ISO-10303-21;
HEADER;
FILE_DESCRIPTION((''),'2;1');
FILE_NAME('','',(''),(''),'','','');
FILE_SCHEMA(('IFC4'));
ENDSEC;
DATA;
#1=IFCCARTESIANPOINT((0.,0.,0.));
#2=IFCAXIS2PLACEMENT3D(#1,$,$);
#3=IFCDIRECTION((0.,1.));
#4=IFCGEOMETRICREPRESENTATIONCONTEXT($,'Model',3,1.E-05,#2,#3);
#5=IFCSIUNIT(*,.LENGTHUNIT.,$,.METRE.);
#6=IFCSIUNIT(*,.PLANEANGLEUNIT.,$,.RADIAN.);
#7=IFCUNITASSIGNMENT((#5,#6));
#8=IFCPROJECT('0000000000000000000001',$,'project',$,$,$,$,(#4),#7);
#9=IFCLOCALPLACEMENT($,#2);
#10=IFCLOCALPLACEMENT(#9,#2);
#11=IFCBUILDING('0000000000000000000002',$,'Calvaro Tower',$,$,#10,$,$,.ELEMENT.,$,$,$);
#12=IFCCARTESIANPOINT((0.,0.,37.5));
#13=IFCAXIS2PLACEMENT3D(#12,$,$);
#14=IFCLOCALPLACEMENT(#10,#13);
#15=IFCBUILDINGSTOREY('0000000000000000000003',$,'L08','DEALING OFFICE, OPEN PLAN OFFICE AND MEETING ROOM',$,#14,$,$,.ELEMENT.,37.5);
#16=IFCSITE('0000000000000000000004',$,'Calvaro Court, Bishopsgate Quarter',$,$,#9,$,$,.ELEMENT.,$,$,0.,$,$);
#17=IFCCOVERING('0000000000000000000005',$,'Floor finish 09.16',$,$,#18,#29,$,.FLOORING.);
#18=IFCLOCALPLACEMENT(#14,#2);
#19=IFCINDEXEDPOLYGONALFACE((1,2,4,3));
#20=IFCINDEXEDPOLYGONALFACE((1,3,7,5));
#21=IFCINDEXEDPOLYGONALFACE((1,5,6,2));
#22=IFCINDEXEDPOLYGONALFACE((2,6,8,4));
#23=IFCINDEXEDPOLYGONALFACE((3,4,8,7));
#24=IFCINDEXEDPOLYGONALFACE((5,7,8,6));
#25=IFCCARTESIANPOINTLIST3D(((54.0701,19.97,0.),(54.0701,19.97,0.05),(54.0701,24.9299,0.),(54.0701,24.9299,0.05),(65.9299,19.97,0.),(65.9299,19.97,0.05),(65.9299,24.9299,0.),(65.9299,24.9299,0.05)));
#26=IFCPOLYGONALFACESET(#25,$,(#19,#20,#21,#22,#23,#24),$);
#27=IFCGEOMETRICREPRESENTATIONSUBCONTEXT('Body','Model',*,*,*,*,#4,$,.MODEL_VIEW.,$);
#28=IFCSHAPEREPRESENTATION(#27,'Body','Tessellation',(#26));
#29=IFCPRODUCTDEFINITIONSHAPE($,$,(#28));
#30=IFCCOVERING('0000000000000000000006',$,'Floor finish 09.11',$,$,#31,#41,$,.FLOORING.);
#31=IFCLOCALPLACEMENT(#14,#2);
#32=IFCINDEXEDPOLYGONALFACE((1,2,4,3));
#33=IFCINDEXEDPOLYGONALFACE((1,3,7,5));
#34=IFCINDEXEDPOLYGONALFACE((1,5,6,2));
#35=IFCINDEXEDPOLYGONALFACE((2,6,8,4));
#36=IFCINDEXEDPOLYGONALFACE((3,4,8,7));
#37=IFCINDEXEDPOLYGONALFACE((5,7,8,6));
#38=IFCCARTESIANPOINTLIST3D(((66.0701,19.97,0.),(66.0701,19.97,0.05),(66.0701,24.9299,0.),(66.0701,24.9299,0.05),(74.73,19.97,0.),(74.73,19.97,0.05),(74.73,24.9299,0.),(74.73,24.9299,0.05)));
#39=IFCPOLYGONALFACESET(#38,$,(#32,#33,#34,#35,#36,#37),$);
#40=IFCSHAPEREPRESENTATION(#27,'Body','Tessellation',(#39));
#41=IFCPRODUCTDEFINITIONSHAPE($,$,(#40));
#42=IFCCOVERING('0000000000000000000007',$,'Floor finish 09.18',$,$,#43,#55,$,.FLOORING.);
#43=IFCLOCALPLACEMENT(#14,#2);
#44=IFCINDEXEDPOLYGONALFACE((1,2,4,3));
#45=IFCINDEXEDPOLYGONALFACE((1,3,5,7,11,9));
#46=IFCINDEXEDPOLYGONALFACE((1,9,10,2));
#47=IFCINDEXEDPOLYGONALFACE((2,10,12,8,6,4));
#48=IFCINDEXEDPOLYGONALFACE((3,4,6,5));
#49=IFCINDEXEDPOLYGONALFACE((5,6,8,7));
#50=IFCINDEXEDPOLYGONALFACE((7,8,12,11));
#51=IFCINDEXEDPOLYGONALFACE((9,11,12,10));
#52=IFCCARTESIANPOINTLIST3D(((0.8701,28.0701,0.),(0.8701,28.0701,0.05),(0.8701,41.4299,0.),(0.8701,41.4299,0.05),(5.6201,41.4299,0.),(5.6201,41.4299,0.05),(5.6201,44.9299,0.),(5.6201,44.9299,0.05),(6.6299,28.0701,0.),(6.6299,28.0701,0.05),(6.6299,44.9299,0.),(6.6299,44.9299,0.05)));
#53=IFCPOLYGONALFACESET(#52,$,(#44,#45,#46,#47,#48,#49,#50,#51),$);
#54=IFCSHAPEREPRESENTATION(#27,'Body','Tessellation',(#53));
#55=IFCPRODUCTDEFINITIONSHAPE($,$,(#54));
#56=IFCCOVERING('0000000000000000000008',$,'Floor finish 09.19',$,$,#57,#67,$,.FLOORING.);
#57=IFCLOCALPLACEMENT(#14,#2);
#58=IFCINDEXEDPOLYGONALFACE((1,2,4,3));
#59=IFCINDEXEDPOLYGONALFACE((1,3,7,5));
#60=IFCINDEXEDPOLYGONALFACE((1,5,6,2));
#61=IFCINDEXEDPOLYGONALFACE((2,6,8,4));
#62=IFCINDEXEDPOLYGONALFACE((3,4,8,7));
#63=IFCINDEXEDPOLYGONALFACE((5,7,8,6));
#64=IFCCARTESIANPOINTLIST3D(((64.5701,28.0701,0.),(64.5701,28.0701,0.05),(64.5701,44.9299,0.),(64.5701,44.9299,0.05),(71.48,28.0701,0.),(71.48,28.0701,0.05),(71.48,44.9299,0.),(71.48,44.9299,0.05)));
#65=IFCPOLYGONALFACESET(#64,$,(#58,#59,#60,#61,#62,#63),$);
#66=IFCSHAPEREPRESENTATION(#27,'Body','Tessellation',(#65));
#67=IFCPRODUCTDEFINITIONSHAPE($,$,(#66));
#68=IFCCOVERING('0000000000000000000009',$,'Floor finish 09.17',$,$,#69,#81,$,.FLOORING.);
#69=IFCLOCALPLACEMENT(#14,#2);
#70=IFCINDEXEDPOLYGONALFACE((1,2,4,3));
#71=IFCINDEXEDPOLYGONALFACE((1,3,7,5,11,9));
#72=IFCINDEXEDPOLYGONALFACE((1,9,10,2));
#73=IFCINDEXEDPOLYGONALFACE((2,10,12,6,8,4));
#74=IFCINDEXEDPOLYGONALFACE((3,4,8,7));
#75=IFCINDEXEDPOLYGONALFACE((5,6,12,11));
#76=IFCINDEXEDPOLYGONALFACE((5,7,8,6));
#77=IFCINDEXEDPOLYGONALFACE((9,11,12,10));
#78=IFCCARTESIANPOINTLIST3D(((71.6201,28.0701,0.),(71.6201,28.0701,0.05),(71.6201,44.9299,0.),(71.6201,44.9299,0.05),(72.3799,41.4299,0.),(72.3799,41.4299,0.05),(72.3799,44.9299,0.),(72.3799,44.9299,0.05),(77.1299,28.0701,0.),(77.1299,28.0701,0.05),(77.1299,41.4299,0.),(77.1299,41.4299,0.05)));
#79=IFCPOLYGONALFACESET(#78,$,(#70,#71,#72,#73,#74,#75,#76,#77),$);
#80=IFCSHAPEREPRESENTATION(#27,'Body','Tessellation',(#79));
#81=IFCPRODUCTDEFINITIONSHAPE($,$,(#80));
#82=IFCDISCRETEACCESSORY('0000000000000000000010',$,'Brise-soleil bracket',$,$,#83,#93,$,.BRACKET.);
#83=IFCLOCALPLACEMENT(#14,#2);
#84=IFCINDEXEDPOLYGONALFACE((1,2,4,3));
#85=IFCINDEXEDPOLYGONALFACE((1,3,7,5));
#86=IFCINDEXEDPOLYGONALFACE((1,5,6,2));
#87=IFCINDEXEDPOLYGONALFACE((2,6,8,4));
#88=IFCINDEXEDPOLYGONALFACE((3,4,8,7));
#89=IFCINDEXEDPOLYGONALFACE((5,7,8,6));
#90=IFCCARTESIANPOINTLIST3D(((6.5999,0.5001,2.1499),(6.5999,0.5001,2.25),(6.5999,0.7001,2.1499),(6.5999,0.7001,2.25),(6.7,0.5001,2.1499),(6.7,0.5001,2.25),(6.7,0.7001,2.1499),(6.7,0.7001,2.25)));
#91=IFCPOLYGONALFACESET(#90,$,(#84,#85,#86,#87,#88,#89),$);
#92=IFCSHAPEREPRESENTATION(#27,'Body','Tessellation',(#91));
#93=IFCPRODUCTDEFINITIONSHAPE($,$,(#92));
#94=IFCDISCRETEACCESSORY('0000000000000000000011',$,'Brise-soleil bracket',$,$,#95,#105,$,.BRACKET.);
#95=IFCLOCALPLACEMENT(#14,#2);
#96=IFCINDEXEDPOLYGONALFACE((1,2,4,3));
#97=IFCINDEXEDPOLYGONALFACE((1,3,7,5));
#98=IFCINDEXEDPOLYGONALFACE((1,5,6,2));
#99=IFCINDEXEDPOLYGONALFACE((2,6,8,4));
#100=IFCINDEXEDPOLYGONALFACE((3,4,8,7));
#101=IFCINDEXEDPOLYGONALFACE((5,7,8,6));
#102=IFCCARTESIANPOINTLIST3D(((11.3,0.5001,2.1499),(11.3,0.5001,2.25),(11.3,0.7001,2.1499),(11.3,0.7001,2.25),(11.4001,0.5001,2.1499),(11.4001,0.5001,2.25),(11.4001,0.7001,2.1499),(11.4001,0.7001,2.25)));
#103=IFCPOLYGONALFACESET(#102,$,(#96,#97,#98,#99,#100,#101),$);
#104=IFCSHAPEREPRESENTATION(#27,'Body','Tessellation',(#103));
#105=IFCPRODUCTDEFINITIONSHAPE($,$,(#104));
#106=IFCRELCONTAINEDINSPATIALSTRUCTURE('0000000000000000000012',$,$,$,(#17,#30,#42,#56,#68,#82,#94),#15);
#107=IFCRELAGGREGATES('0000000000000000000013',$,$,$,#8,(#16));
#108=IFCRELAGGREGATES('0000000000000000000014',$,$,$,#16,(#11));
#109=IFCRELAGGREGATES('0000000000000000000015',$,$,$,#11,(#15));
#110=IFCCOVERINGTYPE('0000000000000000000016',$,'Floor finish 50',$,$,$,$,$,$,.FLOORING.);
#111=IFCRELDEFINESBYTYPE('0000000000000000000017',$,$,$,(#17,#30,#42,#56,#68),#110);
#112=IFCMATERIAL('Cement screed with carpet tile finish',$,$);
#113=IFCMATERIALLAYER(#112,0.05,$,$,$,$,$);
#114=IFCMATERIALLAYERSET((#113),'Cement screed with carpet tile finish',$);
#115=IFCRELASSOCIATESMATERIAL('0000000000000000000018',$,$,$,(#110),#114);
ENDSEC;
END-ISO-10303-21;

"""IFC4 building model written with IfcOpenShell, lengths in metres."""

from ifc_helpers import new_model, si_unit, direction, frame, origin, origin_2d, place, context, subcontext, project, spatial, polyline, rectangle, outline, extrude, material, layer, layer_set, type_object, element, save


model = new_model("IFC4")

# Units and contexts
model_context = context("Model", 3, precision=1e-05, world=origin(), true_north=direction((0.0, 1.0)))
body_context = subcontext(model_context, "Body", "Model", "MODEL_VIEW")
ifc_project = project(units=[si_unit("LENGTHUNIT", "METRE"), si_unit("PLANEANGLEUNIT", "RADIAN")], contexts=[model_context])

# Site, building, storey
site_placement = place(None, origin())
site = spatial("IfcSite", under=ifc_project, at=site_placement, Name="Calvaro Court, Bishopsgate Quarter", CompositionType="ELEMENT", RefElevation=0.0)
building_placement = place(site_placement, origin())
building = spatial("IfcBuilding", under=site, at=building_placement, Name="Calvaro Tower", CompositionType="ELEMENT")
storey_placement = place(building_placement, frame((0.0, 0.0, 37.5)))
storey = spatial("IfcBuildingStorey", under=building, at=storey_placement, Name="L08", Description="DEALING OFFICE, OPEN PLAN OFFICE AND MEETING ROOM", CompositionType="ELEMENT", Elevation=37.5)

# Coverings
ifc_material_1 = material(Name="Cement screed with carpet tile finish")
ifc_layer_1 = layer(ifc_material_1, 0.05)
ifc_layer_set_1 = layer_set([ifc_layer_1], Name="Cement screed with carpet tile finish")
covering_type = type_object("IfcCoveringType", Name="Floor finish 50", PredefinedType="FLOORING", material=ifc_layer_set_1)
covering_1_placement = place(storey_placement, origin())
element("IfcCovering", 1, at=covering_1_placement, inside=storey, type_object=covering_type, Name="Floor finish 09.16", PredefinedType="FLOORING", context=body_context, shape_type="SweptSolid", body=[
    extrude(outline(polyline([(54.0701, 19.97), (54.0701, 24.9299), (65.9299, 24.9299), (65.9299, 19.97), (54.0701, 19.97)])), origin(), (0.0, 0.0, 1.0), 0.05),
])
covering_2_placement = place(storey_placement, origin())
element("IfcCovering", 2, at=covering_2_placement, inside=storey, type_object=covering_type, Name="Floor finish 09.11", PredefinedType="FLOORING", context=body_context, shape_type="SweptSolid", body=[
    extrude(outline(polyline([(66.0701, 19.97), (66.0701, 24.9299), (74.73, 24.9299), (74.73, 19.97), (66.0701, 19.97)])), origin(), (0.0, 0.0, 1.0), 0.05),
])
covering_3_placement = place(storey_placement, origin())
element("IfcCovering", 3, at=covering_3_placement, inside=storey, type_object=covering_type, Name="Floor finish 09.18", PredefinedType="FLOORING", context=body_context, shape_type="SweptSolid", body=[
    extrude(outline(polyline([(6.6299, 28.0701), (0.8701, 28.0701), (0.8701, 41.4299), (5.6201, 41.4299), (5.6201, 44.9299), (6.6299, 44.9299), (6.6299, 28.0701)])), origin(), (0.0, 0.0, 1.0), 0.05),
])
covering_4_placement = place(storey_placement, origin())
element("IfcCovering", 4, at=covering_4_placement, inside=storey, type_object=covering_type, Name="Floor finish 09.19", PredefinedType="FLOORING", context=body_context, shape_type="SweptSolid", body=[
    extrude(outline(polyline([(71.48, 28.0701), (64.5701, 28.0701), (64.5701, 44.9299), (71.48, 44.9299), (71.48, 28.0701)])), origin(), (0.0, 0.0, 1.0), 0.05),
])
covering_5_placement = place(storey_placement, origin())
element("IfcCovering", 5, at=covering_5_placement, inside=storey, type_object=covering_type, Name="Floor finish 09.17", PredefinedType="FLOORING", context=body_context, shape_type="SweptSolid", body=[
    extrude(outline(polyline([(77.1299, 28.0701), (71.6201, 28.0701), (71.6201, 44.9299), (72.3799, 44.9299), (72.3799, 41.4299), (77.1299, 41.4299), (77.1299, 28.0701)])), origin(), (0.0, 0.0, 1.0), 0.05),
])

# Discrete accessories
for number, where, z_axis, x_axis, name in (
    (6, (6.6499, 0.6001, 2.1499), (0.0, 0.0, 1.0), (1.0, 0.0, 0.0), "Brise-soleil bracket"),
    (7, (11.3501, 0.6001, 2.1499), (0.0, 0.0, 1.0), (1.0, 0.0, 0.0), "Brise-soleil bracket"),
):
    element("IfcDiscreteAccessory", number, at=place(storey_placement, frame(where, z_axis=z_axis, x_axis=x_axis)), inside=storey, Name=name, PredefinedType="BRACKET", context=body_context, shape_type="SweptSolid", body=[
        extrude(rectangle(XDim=0.1001, YDim=0.2, at=origin_2d()), origin(), (0.0, 0.0, 1.0), 0.1001),
    ])

save(model, "model.ifc")
